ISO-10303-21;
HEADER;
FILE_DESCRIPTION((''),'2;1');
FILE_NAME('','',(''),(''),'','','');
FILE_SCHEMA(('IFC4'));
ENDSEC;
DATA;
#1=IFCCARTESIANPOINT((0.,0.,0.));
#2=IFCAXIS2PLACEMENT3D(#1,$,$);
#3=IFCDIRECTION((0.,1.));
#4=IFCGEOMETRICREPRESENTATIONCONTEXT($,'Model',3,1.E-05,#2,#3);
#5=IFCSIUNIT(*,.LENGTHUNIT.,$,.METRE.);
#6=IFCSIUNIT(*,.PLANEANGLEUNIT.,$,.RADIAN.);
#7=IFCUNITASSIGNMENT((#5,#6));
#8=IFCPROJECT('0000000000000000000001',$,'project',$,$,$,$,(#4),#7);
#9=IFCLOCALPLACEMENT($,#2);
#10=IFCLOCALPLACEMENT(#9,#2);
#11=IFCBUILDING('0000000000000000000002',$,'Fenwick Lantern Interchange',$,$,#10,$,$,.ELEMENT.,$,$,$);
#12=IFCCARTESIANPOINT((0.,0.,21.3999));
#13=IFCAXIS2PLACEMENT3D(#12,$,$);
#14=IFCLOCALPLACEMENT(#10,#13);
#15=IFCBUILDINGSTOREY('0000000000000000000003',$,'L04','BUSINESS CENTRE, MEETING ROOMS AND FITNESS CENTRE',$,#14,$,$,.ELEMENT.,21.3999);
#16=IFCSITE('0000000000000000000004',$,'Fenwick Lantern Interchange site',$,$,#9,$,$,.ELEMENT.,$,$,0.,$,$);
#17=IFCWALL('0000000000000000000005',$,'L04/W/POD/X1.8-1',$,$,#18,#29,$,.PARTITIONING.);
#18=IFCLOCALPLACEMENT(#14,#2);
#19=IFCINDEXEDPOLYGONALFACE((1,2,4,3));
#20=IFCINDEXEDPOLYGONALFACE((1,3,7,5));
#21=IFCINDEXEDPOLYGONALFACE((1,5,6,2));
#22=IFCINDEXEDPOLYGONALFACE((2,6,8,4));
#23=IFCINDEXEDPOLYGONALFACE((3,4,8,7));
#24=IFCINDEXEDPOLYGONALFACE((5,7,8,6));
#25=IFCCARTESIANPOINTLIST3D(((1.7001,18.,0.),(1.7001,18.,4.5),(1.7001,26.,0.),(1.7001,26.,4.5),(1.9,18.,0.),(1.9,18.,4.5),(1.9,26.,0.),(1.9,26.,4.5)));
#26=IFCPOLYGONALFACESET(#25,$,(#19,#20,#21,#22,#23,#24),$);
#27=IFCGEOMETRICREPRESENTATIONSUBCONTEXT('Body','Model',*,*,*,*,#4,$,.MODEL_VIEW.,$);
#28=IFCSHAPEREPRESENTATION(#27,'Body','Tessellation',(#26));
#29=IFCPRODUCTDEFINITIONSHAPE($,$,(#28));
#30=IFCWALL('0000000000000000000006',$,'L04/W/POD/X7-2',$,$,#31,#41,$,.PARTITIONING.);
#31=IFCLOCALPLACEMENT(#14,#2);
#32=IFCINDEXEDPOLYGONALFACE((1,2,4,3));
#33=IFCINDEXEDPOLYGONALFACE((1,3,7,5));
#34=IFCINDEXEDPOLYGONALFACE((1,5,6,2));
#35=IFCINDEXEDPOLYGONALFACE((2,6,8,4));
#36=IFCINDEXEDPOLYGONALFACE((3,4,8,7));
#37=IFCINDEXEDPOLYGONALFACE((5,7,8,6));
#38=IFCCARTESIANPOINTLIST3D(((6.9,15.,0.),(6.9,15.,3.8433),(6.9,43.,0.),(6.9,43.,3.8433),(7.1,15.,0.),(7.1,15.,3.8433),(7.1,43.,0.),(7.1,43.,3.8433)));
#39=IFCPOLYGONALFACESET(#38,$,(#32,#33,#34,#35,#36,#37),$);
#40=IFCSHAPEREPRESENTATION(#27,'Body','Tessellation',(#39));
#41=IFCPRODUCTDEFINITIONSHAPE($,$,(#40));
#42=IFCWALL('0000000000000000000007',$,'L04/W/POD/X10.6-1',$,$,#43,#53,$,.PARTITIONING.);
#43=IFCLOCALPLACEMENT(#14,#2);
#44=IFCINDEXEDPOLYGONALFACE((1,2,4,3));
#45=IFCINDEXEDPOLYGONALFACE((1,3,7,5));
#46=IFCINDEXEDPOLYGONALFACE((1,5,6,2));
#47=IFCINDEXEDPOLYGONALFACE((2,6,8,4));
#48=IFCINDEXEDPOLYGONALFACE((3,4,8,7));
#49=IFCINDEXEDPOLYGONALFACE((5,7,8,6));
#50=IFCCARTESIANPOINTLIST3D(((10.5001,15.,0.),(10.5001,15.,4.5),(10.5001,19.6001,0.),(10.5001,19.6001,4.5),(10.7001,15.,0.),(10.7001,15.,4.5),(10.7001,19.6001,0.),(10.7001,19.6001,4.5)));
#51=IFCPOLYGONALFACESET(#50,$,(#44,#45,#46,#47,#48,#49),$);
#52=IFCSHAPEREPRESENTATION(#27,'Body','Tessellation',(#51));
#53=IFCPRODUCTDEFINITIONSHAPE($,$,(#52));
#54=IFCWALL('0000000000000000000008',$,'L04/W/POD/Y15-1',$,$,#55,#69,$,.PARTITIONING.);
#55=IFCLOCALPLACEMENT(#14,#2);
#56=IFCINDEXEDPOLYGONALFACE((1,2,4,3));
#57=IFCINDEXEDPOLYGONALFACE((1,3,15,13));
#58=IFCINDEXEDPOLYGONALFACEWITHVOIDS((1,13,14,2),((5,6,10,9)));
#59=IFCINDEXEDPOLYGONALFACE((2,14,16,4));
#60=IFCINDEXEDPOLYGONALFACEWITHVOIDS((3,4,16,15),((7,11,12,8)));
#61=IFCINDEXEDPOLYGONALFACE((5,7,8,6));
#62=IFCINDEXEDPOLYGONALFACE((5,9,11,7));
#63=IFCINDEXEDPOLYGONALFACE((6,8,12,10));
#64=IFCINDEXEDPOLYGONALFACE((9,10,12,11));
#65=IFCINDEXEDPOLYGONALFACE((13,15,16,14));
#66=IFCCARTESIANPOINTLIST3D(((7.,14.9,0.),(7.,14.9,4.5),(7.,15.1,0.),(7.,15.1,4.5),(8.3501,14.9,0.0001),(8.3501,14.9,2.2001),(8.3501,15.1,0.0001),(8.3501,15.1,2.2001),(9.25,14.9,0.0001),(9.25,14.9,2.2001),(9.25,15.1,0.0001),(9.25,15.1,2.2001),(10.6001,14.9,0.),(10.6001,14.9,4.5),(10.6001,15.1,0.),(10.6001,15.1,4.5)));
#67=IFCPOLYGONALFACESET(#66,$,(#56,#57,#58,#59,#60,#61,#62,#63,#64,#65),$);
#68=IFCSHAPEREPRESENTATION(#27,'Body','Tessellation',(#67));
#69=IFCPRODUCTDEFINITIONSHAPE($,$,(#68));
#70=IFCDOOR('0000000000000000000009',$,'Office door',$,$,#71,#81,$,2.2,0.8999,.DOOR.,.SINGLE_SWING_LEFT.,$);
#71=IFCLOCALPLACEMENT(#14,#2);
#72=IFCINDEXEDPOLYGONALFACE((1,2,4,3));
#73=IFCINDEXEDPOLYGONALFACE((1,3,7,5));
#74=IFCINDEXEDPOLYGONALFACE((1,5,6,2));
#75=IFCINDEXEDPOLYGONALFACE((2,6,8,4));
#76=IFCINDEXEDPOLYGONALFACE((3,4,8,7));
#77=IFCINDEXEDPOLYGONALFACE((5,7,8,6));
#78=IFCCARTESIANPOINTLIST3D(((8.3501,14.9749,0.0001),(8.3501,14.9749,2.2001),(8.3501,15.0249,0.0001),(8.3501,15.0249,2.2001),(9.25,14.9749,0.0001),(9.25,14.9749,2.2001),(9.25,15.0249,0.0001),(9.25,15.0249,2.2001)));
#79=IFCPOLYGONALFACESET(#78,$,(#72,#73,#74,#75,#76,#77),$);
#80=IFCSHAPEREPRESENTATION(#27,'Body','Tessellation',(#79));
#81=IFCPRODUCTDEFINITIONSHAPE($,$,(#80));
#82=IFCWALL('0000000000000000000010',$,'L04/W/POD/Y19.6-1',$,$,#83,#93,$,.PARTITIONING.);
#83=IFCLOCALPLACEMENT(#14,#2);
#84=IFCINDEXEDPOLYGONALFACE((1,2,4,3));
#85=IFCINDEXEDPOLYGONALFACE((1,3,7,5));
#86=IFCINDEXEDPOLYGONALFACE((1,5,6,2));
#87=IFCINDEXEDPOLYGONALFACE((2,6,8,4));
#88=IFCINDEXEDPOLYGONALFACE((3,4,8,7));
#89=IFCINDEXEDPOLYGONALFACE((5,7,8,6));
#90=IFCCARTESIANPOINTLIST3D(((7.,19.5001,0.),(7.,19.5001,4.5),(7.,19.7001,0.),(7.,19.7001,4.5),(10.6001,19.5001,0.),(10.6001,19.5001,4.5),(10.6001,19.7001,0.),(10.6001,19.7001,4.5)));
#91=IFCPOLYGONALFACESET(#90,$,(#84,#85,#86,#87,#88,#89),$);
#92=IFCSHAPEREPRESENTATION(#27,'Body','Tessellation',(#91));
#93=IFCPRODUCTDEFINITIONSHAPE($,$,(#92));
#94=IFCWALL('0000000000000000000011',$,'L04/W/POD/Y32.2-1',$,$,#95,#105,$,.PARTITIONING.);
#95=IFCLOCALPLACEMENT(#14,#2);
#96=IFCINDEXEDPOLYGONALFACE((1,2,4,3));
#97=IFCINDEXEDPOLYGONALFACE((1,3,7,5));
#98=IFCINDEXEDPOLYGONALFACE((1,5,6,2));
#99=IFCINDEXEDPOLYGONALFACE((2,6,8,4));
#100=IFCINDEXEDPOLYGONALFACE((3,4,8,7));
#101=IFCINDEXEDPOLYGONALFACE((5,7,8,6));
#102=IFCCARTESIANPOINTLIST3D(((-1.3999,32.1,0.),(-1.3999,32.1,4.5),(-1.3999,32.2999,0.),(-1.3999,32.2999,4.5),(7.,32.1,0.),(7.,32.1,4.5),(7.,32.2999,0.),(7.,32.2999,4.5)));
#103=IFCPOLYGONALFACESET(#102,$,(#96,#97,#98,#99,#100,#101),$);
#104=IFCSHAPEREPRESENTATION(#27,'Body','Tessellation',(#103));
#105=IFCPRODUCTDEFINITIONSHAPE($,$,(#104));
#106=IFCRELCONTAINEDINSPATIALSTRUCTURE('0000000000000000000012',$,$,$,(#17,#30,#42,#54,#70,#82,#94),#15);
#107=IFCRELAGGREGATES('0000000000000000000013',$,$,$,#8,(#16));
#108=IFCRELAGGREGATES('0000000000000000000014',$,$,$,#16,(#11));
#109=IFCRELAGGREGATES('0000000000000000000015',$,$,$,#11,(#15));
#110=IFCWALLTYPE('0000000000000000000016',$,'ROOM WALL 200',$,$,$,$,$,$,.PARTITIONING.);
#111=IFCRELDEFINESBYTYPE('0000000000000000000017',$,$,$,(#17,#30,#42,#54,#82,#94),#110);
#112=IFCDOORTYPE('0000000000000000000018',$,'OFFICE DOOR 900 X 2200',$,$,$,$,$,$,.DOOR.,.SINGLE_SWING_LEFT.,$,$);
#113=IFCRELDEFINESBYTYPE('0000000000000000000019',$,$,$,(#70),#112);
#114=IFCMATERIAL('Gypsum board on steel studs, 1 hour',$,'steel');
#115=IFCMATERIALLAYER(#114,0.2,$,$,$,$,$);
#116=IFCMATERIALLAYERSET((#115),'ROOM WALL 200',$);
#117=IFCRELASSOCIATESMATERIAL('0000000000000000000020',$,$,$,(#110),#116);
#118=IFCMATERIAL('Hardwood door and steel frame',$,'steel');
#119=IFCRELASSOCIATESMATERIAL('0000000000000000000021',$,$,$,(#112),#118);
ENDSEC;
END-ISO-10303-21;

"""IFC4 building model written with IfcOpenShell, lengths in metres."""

from ifc_helpers import new_model, si_unit, direction, frame, frame_2d, origin, place, context, subcontext, project, spatial, rectangle, extrude, material, layer, layer_set, type_object, element, fill, save


model = new_model("IFC4")

# Units and contexts
model_context = context("Model", 3, precision=1e-05, world=origin(), true_north=direction((0.0, 1.0)))
body_context = subcontext(model_context, "Body", "Model", "MODEL_VIEW")
ifc_project = project(units=[si_unit("LENGTHUNIT", "METRE"), si_unit("PLANEANGLEUNIT", "RADIAN")], contexts=[model_context])

# Site, building, storey
site_placement = place(None, origin())
site = spatial("IfcSite", under=ifc_project, at=site_placement, Name="Fenwick Lantern Interchange site", CompositionType="ELEMENT", RefElevation=0.0)
building_placement = place(site_placement, origin())
building = spatial("IfcBuilding", under=site, at=building_placement, Name="Fenwick Lantern Interchange", CompositionType="ELEMENT")
storey_placement = place(building_placement, frame((0.0, 0.0, 21.3999)))
storey = spatial("IfcBuildingStorey", under=building, at=storey_placement, Name="L04", Description="BUSINESS CENTRE, MEETING ROOMS AND FITNESS CENTRE", CompositionType="ELEMENT", Elevation=21.3999)

# Shared definitions
ifc_material_1 = material(Name="Hardwood door and steel frame", Category="steel")

# Walls
ifc_material_2 = material(Name="Gypsum board on steel studs, 1 hour", Category="steel")
ifc_layer_1 = layer(ifc_material_2, 0.2)
ifc_layer_set_1 = layer_set([ifc_layer_1], Name="ROOM WALL 200")
wall_type_1 = type_object("IfcWallType", Name="ROOM WALL 200", PredefinedType="PARTITIONING", material=ifc_layer_set_1)
wall_1_placement = place(storey_placement, frame((1.8, 18.0, 0.0), z_axis=(0.0, 0.0, 1.0), x_axis=(0.0, 1.0, 0.0)))
element("IfcWall", 1, at=wall_1_placement, inside=storey, type_object=wall_type_1, Name="L04/W/POD/X1.8-1", PredefinedType="PARTITIONING", context=body_context, shape_type="SweptSolid", body=[
    extrude(rectangle(XDim=8.0, YDim=0.2, at=frame_2d((4.0, 0.0))), origin(), (0.0, 0.0, 1.0), 4.5),
])
wall_2_placement = place(storey_placement, frame((7.0, 15.0, 0.0), z_axis=(0.0, 0.0, 1.0), x_axis=(0.0, 1.0, 0.0)))
element("IfcWall", 2, at=wall_2_placement, inside=storey, type_object=wall_type_1, Name="L04/W/POD/X7-2", PredefinedType="PARTITIONING", context=body_context, shape_type="SweptSolid", body=[
    extrude(rectangle(XDim=28.0, YDim=0.2, at=frame_2d((14.0, 0.0))), origin(), (0.0, 0.0, 1.0), 3.8433),
])
wall_3_placement = place(storey_placement, frame((10.6001, 15.0, 0.0), z_axis=(0.0, 0.0, 1.0), x_axis=(0.0, 1.0, 0.0)))
element("IfcWall", 3, at=wall_3_placement, inside=storey, type_object=wall_type_1, Name="L04/W/POD/X10.6-1", PredefinedType="PARTITIONING", context=body_context, shape_type="SweptSolid", body=[
    extrude(rectangle(XDim=4.6001, YDim=0.2, at=frame_2d((2.3, 0.0))), origin(), (0.0, 0.0, 1.0), 4.5),
])

# Wall, opening, door
wall_4_placement = place(storey_placement, frame((7.0, 15.0, 0.0), z_axis=(0.0, 0.0, 1.0), x_axis=(1.0, 0.0, 0.0)))
wall_4 = element("IfcWall", 4, at=wall_4_placement, inside=storey, type_object=wall_type_1, Name="L04/W/POD/Y15-1", PredefinedType="PARTITIONING", context=body_context, shape_type="SweptSolid", body=[
    extrude(rectangle(XDim=3.6001, YDim=0.2, at=frame_2d((1.8, 0.0))), origin(), (0.0, 0.0, 1.0), 4.5),
])
opening_1_placement = place(wall_4_placement, frame((1.3501, 0.0, 0.0)))
opening_1 = element("IfcOpeningElement", 5, at=opening_1_placement, cuts=wall_4, PredefinedType="OPENING", context=body_context, shape_type="SweptSolid", body=[
    extrude(rectangle(XDim=0.8999, YDim=2.2, at=frame_2d((0.45, 1.1001))), frame((0.0, 0.1099, 0.0), z_axis=(0.0, -1.0, 0.0), x_axis=(1.0, 0.0, 0.0)), (0.0, 0.0, 1.0), 0.22),
])
door_type_1 = type_object("IfcDoorType", Name="OFFICE DOOR 900 X 2200", OperationType="SINGLE_SWING_LEFT", PredefinedType="DOOR", material=ifc_material_1)
door_1_placement = place(opening_1_placement, origin())
door_1 = element("IfcDoor", 6, at=door_1_placement, inside=storey, type_object=door_type_1, Name="Office door", OperationType="SINGLE_SWING_LEFT", OverallHeight=2.2, OverallWidth=0.8999, PredefinedType="DOOR", context=body_context, shape_type="SweptSolid", body=[
    extrude(rectangle(XDim=0.8999, YDim=2.2, at=frame_2d((0.45, 1.1001))), frame((0.0, 0.0249, 0.0), z_axis=(0.0, -1.0, 0.0), x_axis=(1.0, 0.0, 0.0)), (0.0, 0.0, 1.0), 0.05),
])
fill(opening_1, door_1)

# Wall
wall_5_placement = place(storey_placement, frame((7.0, 19.6001, 0.0), z_axis=(0.0, 0.0, 1.0), x_axis=(1.0, 0.0, 0.0)))
element("IfcWall", 7, at=wall_5_placement, inside=storey, type_object=wall_type_1, Name="L04/W/POD/Y19.6-1", PredefinedType="PARTITIONING", context=body_context, shape_type="SweptSolid", body=[
    extrude(rectangle(XDim=3.6001, YDim=0.2, at=frame_2d((1.8, 0.0))), origin(), (0.0, 0.0, 1.0), 4.5),
])

# Wall
wall_6_placement = place(storey_placement, frame((-1.3999, 32.2, 0.0), z_axis=(0.0, 0.0, 1.0), x_axis=(1.0, 0.0, 0.0)))
element("IfcWall", 8, at=wall_6_placement, inside=storey, type_object=wall_type_1, Name="L04/W/POD/Y32.2-1", PredefinedType="PARTITIONING", context=body_context, shape_type="SweptSolid", body=[
    extrude(rectangle(XDim=8.3999, YDim=0.2, at=frame_2d((4.2, 0.0))), origin(), (0.0, 0.0, 1.0), 4.5),
])

save(model, "model.ifc")
